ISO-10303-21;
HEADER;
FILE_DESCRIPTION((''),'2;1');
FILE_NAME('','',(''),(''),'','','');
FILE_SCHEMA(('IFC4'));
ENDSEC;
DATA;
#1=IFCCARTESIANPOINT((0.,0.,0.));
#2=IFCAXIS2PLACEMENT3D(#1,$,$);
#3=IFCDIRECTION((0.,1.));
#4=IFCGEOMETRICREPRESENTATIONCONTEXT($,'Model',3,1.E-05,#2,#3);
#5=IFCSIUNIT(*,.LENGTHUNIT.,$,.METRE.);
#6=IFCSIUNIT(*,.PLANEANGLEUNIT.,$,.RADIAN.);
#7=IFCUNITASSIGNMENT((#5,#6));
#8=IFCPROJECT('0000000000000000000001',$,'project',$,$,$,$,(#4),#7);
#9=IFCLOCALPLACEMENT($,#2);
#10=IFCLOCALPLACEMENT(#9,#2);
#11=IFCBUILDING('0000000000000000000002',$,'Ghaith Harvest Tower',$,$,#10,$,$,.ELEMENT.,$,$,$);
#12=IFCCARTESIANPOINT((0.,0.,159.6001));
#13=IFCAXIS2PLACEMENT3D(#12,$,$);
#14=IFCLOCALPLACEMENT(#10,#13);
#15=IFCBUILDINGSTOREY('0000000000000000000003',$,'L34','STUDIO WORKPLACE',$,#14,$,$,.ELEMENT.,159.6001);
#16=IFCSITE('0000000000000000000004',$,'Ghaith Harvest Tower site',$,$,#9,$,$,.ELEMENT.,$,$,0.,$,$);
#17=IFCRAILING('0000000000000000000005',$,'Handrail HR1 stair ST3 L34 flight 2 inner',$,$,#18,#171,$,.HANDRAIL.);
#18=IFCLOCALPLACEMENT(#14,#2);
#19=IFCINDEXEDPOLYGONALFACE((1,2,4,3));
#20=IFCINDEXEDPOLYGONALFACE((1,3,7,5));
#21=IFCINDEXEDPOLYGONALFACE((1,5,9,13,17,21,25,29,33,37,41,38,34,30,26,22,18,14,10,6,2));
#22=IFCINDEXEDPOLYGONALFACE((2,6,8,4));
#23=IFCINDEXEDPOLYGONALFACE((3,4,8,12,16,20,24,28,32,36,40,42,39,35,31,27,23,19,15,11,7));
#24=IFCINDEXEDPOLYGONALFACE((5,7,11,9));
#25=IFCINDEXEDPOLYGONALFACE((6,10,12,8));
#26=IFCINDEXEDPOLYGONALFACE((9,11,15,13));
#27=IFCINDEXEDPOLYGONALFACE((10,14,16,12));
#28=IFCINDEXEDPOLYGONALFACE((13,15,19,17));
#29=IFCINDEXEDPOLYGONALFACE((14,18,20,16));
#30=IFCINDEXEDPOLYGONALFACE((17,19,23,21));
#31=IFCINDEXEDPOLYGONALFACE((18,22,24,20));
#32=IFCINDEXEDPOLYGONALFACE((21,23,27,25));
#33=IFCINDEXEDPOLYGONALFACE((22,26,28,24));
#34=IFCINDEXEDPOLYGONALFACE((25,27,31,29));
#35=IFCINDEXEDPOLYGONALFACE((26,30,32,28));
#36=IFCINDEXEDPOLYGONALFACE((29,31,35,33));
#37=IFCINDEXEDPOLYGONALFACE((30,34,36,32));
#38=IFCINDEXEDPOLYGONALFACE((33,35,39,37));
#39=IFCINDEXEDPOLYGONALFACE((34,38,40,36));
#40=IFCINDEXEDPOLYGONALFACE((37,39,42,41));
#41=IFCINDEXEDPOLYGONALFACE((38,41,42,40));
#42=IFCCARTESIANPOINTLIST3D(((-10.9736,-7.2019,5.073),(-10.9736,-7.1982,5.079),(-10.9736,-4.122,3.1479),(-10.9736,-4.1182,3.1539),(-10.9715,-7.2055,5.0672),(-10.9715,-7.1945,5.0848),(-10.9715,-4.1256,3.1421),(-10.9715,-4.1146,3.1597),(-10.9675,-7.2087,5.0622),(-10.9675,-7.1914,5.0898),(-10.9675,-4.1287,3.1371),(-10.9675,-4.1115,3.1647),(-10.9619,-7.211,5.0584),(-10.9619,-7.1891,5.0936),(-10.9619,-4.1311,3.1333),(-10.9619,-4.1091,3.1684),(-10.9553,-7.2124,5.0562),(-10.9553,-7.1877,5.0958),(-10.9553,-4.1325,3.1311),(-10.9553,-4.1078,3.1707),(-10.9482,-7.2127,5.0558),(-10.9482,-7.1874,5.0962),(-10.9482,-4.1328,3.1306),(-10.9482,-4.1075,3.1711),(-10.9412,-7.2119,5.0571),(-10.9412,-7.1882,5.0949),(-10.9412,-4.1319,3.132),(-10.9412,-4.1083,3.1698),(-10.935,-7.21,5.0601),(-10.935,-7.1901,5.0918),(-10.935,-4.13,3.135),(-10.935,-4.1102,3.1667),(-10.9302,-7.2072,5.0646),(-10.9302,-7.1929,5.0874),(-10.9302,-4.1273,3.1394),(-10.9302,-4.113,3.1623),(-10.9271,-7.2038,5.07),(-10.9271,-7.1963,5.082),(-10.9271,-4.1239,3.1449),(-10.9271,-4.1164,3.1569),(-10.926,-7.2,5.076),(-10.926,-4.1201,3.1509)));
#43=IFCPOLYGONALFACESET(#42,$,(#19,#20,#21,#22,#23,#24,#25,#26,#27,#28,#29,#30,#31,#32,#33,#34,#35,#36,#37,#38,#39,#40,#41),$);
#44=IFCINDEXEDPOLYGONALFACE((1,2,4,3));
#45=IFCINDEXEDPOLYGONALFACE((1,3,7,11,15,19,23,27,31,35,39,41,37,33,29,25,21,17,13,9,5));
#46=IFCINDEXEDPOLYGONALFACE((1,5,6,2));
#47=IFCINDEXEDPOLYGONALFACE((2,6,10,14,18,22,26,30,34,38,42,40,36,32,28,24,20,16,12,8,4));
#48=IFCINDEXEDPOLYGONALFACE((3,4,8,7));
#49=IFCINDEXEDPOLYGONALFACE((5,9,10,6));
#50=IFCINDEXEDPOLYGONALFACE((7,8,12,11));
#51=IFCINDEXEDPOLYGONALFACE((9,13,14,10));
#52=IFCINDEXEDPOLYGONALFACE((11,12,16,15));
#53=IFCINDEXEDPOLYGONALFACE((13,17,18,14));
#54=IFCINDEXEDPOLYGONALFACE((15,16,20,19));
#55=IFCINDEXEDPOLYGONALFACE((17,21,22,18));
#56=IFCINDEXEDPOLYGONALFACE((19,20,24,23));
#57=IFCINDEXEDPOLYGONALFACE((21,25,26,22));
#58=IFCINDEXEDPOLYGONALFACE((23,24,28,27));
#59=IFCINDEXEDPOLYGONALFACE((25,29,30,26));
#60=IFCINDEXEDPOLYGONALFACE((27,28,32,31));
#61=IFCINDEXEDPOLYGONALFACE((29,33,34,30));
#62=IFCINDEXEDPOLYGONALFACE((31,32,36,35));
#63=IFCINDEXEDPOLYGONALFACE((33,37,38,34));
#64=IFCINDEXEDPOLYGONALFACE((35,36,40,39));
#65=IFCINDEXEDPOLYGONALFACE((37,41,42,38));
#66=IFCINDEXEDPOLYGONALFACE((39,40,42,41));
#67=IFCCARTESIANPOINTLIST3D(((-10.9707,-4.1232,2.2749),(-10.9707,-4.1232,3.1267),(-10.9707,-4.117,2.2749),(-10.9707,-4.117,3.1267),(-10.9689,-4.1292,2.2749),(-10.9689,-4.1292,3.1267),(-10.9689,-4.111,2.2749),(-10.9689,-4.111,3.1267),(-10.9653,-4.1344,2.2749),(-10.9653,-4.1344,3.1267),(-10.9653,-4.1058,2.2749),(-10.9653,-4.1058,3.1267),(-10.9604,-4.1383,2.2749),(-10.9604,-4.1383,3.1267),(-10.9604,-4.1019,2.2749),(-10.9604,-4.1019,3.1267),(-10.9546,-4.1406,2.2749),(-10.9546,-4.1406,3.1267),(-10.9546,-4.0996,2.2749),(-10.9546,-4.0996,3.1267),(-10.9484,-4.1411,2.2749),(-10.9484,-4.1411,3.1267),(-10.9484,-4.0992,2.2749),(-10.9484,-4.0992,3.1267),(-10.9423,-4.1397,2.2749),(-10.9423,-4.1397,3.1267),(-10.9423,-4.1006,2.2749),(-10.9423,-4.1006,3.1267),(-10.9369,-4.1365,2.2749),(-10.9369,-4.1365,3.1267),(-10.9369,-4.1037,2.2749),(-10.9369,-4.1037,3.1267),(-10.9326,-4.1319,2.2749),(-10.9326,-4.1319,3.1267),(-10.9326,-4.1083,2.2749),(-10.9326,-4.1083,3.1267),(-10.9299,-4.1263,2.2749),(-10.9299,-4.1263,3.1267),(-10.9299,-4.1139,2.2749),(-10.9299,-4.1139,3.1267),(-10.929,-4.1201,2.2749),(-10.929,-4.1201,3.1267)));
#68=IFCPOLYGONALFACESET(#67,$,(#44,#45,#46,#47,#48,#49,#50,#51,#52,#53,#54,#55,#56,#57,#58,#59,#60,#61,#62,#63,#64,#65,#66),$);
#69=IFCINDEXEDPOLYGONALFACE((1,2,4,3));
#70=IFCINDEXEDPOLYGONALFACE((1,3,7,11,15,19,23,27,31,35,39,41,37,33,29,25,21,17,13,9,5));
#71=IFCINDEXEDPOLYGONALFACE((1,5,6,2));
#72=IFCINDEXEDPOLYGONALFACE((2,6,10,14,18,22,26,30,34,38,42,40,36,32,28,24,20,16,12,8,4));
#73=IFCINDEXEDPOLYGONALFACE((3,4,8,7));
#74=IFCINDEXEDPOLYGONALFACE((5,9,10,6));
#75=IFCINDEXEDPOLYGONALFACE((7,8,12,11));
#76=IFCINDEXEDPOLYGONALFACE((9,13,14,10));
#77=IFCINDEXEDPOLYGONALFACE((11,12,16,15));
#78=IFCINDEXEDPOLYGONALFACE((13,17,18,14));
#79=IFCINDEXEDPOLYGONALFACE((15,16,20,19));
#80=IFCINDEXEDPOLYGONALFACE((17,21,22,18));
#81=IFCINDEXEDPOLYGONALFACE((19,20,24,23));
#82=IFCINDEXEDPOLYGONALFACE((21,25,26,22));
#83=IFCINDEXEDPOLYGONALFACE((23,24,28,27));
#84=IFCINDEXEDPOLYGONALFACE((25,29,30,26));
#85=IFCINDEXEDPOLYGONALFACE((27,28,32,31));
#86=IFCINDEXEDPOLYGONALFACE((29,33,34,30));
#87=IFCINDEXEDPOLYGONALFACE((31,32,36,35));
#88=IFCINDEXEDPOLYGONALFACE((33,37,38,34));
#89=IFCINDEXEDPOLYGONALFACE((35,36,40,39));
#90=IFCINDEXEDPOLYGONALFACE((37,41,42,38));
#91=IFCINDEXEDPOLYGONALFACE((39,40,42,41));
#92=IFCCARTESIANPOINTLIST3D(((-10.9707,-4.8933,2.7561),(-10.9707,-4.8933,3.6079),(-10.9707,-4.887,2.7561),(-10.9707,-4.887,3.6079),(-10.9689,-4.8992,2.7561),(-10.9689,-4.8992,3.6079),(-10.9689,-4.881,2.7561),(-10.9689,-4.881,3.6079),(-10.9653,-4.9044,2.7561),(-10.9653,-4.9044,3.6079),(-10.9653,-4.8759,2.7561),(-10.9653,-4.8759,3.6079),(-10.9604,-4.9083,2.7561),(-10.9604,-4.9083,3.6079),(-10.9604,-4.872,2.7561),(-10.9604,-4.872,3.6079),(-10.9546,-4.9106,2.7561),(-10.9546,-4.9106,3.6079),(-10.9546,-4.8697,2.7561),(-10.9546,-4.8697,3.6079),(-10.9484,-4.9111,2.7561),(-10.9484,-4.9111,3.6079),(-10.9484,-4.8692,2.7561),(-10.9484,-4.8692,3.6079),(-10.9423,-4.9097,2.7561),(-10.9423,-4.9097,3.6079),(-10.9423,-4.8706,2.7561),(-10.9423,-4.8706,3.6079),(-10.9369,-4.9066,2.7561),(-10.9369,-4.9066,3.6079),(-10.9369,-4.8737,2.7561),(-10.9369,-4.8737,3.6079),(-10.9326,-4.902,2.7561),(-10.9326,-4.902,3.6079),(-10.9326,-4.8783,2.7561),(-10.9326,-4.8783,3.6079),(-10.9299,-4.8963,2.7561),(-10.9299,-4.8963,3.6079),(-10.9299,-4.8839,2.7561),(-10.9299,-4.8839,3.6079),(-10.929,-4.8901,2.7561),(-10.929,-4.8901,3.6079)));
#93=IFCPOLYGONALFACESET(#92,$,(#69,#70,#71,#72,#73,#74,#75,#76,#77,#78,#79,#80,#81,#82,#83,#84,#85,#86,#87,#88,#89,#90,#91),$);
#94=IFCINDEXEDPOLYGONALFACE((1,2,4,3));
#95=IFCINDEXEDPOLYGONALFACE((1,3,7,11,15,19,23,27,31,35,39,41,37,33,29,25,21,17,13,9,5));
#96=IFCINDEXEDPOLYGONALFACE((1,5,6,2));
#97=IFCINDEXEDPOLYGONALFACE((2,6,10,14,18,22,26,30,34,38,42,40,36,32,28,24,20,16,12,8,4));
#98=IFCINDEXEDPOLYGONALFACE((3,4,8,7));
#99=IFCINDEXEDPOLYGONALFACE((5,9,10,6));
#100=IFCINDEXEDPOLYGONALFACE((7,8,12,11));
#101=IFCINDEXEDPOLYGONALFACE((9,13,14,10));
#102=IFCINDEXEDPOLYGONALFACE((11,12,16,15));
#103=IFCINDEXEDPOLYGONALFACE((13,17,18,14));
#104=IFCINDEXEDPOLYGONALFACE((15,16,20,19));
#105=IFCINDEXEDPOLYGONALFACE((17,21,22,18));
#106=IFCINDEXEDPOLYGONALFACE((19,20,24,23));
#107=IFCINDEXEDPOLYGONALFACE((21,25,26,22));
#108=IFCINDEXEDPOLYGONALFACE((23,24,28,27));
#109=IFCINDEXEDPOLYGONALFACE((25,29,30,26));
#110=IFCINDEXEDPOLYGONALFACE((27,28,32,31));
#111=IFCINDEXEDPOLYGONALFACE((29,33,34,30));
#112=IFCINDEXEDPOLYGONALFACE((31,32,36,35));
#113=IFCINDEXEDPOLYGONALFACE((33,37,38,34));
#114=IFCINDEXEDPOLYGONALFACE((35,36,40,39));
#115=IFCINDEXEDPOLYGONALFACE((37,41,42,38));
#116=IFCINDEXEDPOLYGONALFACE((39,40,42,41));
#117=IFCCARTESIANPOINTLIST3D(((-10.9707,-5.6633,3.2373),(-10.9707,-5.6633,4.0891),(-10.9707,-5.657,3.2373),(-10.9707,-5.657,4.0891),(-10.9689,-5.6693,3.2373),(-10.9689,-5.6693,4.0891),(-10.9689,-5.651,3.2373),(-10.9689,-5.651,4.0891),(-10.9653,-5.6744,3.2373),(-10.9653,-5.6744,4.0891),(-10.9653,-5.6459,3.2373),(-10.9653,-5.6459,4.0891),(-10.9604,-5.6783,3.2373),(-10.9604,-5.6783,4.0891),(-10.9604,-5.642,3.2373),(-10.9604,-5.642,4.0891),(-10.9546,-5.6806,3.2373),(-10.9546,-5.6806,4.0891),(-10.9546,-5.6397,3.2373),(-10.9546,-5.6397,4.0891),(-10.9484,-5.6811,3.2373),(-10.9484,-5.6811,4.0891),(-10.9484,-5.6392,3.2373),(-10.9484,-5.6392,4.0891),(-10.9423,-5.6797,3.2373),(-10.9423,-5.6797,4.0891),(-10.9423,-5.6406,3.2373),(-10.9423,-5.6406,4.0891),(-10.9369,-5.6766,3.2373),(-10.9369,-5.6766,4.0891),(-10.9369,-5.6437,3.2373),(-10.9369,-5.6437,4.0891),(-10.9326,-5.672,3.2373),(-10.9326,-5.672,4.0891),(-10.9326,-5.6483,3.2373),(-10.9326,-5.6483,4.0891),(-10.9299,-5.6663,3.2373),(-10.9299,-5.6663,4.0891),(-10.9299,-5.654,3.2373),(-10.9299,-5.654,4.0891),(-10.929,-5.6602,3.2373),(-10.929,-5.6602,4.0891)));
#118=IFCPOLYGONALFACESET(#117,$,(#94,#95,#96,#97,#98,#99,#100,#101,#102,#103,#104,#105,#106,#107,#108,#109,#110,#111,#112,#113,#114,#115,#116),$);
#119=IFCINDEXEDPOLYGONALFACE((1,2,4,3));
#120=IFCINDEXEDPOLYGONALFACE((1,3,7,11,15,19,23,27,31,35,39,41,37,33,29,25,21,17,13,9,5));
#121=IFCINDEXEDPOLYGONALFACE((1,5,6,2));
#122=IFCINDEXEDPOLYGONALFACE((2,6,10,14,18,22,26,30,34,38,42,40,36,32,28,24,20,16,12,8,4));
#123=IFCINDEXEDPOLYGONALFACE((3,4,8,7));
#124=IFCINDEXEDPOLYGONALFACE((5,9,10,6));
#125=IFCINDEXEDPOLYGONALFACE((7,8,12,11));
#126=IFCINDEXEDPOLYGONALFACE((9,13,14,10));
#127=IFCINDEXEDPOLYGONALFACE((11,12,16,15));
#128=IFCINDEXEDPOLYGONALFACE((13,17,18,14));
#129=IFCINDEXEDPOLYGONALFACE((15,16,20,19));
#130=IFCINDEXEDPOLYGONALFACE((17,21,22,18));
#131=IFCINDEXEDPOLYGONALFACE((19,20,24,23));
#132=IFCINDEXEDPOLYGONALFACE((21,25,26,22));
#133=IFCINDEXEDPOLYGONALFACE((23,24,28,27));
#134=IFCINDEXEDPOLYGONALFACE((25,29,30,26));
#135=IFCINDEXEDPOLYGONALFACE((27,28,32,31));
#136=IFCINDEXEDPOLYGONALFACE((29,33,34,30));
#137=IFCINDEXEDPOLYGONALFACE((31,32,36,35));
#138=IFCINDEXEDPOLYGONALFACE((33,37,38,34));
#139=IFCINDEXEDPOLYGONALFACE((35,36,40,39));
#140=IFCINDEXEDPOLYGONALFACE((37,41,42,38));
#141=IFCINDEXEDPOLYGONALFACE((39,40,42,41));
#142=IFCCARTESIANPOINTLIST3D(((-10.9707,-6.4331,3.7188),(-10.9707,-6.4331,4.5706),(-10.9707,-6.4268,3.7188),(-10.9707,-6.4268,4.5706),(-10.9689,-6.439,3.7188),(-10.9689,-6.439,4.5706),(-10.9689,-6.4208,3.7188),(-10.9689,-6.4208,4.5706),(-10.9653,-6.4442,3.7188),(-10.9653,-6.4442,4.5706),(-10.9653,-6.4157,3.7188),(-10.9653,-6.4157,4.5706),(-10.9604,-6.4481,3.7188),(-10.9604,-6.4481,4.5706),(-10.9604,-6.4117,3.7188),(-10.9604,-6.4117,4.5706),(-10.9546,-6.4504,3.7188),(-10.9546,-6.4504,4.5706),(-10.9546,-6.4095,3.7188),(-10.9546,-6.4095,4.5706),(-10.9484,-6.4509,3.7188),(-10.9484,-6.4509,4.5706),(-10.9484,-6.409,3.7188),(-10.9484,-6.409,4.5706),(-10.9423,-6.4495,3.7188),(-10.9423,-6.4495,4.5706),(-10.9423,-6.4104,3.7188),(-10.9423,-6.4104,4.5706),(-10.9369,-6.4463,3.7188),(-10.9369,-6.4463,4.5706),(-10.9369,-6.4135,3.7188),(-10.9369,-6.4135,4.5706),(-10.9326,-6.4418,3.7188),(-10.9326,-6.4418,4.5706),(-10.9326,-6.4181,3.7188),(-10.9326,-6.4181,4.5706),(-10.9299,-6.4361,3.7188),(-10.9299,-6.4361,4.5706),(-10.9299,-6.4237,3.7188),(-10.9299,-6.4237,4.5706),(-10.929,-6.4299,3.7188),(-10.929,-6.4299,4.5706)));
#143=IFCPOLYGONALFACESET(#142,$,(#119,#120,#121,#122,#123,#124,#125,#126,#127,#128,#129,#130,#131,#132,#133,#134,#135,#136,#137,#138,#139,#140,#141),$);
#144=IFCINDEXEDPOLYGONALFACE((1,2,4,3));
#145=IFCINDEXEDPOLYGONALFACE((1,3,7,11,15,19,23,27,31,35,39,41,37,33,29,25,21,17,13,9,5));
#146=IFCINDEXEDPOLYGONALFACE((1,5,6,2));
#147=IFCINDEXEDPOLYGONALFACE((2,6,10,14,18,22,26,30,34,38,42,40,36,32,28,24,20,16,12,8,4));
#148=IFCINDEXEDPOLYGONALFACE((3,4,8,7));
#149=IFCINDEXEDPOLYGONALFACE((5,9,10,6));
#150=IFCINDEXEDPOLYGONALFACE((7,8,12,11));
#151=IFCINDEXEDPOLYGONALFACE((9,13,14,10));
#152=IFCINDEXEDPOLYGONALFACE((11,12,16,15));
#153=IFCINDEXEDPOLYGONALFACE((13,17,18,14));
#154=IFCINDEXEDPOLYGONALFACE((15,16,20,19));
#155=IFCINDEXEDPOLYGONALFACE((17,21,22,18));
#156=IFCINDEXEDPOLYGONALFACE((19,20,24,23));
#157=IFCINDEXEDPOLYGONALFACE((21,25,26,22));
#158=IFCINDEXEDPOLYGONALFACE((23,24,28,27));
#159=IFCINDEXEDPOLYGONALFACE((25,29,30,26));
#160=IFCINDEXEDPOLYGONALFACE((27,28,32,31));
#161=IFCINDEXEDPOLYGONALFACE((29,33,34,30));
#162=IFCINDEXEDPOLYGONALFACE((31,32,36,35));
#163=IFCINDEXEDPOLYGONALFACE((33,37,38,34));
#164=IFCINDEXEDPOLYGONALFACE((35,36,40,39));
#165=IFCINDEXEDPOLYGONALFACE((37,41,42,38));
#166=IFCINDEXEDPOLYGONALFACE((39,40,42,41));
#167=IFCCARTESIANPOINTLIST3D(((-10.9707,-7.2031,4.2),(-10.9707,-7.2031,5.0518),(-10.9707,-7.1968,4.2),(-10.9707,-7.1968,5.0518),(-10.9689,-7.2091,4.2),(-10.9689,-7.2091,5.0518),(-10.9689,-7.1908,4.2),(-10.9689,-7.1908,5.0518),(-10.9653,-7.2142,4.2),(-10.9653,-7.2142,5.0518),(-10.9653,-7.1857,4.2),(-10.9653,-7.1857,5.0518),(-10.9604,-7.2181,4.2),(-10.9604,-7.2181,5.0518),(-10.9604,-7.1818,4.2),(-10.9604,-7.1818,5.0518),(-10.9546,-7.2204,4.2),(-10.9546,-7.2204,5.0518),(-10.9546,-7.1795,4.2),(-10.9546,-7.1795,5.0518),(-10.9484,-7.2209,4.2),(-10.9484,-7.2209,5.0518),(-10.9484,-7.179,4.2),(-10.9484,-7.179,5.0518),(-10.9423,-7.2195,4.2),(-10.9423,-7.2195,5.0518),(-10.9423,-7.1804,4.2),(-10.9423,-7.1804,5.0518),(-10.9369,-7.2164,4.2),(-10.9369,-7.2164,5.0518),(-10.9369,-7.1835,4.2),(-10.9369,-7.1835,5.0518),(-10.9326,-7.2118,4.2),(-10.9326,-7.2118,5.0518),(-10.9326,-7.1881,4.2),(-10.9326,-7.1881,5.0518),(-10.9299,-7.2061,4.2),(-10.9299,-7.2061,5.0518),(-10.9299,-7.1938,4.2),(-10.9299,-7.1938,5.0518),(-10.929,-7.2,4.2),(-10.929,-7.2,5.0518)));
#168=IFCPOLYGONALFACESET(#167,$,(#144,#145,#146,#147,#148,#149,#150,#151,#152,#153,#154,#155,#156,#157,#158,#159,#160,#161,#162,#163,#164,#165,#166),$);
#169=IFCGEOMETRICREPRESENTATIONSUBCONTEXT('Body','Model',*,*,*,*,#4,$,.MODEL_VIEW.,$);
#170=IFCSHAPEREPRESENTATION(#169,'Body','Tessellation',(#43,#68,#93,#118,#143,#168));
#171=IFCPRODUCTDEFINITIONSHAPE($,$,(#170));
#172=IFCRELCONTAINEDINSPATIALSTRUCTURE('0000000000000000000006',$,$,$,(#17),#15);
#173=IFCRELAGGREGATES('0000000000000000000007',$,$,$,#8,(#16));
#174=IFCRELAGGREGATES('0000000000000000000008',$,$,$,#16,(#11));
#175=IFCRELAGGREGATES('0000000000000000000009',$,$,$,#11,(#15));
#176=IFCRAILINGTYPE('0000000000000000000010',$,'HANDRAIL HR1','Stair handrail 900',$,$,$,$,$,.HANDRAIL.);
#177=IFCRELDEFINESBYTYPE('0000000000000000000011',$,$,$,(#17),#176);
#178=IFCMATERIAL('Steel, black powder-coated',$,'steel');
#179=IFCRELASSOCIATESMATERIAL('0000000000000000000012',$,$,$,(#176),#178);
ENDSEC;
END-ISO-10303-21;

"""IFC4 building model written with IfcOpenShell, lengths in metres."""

from ifc_helpers import new_model, si_unit, direction, frame, origin, origin_2d, place, context, subcontext, project, spatial, circle, extrude, material, type_object, element, save


model = new_model("IFC4")

# Units and contexts
model_context = context("Model", 3, precision=1e-05, world=origin(), true_north=direction((0.0, 1.0)))
body_context = subcontext(model_context, "Body", "Model", "MODEL_VIEW")
ifc_project = project(units=[si_unit("LENGTHUNIT", "METRE"), si_unit("PLANEANGLEUNIT", "RADIAN")], contexts=[model_context])

# Site, building, storey
site_placement = place(None, origin())
site = spatial("IfcSite", under=ifc_project, at=site_placement, Name="Ghaith Harvest Tower site", CompositionType="ELEMENT", RefElevation=0.0)
building_placement = place(site_placement, origin())
building = spatial("IfcBuilding", under=site, at=building_placement, Name="Ghaith Harvest Tower", CompositionType="ELEMENT")
storey_placement = place(building_placement, frame((0.0, 0.0, 159.6001)))
storey = spatial("IfcBuildingStorey", under=building, at=storey_placement, Name="L34", Description="STUDIO WORKPLACE", CompositionType="ELEMENT", Elevation=159.6001)

# Railing
ifc_material_1 = material(Name="Steel, black powder-coated", Category="steel")
railing_type = type_object("IfcRailingType", Name="HANDRAIL HR1", Description="Stair handrail 900", PredefinedType="HANDRAIL", material=ifc_material_1)
railing_1_placement = place(storey_placement, frame((-10.95, -4.1201, 2.2749)))
element("IfcRailing", 1, at=railing_1_placement, inside=storey, type_object=railing_type, Name="Handrail HR1 stair ST3 L34 flight 2 inner", PredefinedType="HANDRAIL", context=body_context, shape_type="SweptSolid", body=[
    extrude(circle(Radius=0.0239, at=origin_2d()), frame((0.0, 0.0, 0.876), z_axis=(0.0, -0.847979, 0.530029), x_axis=(1.0, 0.0, 0.0)), (0.0, 0.0, 1.0), 3.6321),
    extrude(circle(Radius=0.021, at=origin_2d()), origin(), (0.0, 0.0, 1.0), 0.8518),
    extrude(circle(Radius=0.021, at=origin_2d()), frame((0.0, -0.77, 0.4812)), (0.0, 0.0, 1.0), 0.8518),
    extrude(circle(Radius=0.021, at=origin_2d()), frame((0.0, -1.54, 0.9624)), (0.0, 0.0, 1.0), 0.8518),
    extrude(circle(Radius=0.021, at=origin_2d()), frame((0.0, -2.3098, 1.4438)), (0.0, 0.0, 1.0), 0.8518),
    extrude(circle(Radius=0.021, at=origin_2d()), frame((0.0, -3.0798, 1.925)), (0.0, 0.0, 1.0), 0.8518),
])

save(model, "model.ifc")
